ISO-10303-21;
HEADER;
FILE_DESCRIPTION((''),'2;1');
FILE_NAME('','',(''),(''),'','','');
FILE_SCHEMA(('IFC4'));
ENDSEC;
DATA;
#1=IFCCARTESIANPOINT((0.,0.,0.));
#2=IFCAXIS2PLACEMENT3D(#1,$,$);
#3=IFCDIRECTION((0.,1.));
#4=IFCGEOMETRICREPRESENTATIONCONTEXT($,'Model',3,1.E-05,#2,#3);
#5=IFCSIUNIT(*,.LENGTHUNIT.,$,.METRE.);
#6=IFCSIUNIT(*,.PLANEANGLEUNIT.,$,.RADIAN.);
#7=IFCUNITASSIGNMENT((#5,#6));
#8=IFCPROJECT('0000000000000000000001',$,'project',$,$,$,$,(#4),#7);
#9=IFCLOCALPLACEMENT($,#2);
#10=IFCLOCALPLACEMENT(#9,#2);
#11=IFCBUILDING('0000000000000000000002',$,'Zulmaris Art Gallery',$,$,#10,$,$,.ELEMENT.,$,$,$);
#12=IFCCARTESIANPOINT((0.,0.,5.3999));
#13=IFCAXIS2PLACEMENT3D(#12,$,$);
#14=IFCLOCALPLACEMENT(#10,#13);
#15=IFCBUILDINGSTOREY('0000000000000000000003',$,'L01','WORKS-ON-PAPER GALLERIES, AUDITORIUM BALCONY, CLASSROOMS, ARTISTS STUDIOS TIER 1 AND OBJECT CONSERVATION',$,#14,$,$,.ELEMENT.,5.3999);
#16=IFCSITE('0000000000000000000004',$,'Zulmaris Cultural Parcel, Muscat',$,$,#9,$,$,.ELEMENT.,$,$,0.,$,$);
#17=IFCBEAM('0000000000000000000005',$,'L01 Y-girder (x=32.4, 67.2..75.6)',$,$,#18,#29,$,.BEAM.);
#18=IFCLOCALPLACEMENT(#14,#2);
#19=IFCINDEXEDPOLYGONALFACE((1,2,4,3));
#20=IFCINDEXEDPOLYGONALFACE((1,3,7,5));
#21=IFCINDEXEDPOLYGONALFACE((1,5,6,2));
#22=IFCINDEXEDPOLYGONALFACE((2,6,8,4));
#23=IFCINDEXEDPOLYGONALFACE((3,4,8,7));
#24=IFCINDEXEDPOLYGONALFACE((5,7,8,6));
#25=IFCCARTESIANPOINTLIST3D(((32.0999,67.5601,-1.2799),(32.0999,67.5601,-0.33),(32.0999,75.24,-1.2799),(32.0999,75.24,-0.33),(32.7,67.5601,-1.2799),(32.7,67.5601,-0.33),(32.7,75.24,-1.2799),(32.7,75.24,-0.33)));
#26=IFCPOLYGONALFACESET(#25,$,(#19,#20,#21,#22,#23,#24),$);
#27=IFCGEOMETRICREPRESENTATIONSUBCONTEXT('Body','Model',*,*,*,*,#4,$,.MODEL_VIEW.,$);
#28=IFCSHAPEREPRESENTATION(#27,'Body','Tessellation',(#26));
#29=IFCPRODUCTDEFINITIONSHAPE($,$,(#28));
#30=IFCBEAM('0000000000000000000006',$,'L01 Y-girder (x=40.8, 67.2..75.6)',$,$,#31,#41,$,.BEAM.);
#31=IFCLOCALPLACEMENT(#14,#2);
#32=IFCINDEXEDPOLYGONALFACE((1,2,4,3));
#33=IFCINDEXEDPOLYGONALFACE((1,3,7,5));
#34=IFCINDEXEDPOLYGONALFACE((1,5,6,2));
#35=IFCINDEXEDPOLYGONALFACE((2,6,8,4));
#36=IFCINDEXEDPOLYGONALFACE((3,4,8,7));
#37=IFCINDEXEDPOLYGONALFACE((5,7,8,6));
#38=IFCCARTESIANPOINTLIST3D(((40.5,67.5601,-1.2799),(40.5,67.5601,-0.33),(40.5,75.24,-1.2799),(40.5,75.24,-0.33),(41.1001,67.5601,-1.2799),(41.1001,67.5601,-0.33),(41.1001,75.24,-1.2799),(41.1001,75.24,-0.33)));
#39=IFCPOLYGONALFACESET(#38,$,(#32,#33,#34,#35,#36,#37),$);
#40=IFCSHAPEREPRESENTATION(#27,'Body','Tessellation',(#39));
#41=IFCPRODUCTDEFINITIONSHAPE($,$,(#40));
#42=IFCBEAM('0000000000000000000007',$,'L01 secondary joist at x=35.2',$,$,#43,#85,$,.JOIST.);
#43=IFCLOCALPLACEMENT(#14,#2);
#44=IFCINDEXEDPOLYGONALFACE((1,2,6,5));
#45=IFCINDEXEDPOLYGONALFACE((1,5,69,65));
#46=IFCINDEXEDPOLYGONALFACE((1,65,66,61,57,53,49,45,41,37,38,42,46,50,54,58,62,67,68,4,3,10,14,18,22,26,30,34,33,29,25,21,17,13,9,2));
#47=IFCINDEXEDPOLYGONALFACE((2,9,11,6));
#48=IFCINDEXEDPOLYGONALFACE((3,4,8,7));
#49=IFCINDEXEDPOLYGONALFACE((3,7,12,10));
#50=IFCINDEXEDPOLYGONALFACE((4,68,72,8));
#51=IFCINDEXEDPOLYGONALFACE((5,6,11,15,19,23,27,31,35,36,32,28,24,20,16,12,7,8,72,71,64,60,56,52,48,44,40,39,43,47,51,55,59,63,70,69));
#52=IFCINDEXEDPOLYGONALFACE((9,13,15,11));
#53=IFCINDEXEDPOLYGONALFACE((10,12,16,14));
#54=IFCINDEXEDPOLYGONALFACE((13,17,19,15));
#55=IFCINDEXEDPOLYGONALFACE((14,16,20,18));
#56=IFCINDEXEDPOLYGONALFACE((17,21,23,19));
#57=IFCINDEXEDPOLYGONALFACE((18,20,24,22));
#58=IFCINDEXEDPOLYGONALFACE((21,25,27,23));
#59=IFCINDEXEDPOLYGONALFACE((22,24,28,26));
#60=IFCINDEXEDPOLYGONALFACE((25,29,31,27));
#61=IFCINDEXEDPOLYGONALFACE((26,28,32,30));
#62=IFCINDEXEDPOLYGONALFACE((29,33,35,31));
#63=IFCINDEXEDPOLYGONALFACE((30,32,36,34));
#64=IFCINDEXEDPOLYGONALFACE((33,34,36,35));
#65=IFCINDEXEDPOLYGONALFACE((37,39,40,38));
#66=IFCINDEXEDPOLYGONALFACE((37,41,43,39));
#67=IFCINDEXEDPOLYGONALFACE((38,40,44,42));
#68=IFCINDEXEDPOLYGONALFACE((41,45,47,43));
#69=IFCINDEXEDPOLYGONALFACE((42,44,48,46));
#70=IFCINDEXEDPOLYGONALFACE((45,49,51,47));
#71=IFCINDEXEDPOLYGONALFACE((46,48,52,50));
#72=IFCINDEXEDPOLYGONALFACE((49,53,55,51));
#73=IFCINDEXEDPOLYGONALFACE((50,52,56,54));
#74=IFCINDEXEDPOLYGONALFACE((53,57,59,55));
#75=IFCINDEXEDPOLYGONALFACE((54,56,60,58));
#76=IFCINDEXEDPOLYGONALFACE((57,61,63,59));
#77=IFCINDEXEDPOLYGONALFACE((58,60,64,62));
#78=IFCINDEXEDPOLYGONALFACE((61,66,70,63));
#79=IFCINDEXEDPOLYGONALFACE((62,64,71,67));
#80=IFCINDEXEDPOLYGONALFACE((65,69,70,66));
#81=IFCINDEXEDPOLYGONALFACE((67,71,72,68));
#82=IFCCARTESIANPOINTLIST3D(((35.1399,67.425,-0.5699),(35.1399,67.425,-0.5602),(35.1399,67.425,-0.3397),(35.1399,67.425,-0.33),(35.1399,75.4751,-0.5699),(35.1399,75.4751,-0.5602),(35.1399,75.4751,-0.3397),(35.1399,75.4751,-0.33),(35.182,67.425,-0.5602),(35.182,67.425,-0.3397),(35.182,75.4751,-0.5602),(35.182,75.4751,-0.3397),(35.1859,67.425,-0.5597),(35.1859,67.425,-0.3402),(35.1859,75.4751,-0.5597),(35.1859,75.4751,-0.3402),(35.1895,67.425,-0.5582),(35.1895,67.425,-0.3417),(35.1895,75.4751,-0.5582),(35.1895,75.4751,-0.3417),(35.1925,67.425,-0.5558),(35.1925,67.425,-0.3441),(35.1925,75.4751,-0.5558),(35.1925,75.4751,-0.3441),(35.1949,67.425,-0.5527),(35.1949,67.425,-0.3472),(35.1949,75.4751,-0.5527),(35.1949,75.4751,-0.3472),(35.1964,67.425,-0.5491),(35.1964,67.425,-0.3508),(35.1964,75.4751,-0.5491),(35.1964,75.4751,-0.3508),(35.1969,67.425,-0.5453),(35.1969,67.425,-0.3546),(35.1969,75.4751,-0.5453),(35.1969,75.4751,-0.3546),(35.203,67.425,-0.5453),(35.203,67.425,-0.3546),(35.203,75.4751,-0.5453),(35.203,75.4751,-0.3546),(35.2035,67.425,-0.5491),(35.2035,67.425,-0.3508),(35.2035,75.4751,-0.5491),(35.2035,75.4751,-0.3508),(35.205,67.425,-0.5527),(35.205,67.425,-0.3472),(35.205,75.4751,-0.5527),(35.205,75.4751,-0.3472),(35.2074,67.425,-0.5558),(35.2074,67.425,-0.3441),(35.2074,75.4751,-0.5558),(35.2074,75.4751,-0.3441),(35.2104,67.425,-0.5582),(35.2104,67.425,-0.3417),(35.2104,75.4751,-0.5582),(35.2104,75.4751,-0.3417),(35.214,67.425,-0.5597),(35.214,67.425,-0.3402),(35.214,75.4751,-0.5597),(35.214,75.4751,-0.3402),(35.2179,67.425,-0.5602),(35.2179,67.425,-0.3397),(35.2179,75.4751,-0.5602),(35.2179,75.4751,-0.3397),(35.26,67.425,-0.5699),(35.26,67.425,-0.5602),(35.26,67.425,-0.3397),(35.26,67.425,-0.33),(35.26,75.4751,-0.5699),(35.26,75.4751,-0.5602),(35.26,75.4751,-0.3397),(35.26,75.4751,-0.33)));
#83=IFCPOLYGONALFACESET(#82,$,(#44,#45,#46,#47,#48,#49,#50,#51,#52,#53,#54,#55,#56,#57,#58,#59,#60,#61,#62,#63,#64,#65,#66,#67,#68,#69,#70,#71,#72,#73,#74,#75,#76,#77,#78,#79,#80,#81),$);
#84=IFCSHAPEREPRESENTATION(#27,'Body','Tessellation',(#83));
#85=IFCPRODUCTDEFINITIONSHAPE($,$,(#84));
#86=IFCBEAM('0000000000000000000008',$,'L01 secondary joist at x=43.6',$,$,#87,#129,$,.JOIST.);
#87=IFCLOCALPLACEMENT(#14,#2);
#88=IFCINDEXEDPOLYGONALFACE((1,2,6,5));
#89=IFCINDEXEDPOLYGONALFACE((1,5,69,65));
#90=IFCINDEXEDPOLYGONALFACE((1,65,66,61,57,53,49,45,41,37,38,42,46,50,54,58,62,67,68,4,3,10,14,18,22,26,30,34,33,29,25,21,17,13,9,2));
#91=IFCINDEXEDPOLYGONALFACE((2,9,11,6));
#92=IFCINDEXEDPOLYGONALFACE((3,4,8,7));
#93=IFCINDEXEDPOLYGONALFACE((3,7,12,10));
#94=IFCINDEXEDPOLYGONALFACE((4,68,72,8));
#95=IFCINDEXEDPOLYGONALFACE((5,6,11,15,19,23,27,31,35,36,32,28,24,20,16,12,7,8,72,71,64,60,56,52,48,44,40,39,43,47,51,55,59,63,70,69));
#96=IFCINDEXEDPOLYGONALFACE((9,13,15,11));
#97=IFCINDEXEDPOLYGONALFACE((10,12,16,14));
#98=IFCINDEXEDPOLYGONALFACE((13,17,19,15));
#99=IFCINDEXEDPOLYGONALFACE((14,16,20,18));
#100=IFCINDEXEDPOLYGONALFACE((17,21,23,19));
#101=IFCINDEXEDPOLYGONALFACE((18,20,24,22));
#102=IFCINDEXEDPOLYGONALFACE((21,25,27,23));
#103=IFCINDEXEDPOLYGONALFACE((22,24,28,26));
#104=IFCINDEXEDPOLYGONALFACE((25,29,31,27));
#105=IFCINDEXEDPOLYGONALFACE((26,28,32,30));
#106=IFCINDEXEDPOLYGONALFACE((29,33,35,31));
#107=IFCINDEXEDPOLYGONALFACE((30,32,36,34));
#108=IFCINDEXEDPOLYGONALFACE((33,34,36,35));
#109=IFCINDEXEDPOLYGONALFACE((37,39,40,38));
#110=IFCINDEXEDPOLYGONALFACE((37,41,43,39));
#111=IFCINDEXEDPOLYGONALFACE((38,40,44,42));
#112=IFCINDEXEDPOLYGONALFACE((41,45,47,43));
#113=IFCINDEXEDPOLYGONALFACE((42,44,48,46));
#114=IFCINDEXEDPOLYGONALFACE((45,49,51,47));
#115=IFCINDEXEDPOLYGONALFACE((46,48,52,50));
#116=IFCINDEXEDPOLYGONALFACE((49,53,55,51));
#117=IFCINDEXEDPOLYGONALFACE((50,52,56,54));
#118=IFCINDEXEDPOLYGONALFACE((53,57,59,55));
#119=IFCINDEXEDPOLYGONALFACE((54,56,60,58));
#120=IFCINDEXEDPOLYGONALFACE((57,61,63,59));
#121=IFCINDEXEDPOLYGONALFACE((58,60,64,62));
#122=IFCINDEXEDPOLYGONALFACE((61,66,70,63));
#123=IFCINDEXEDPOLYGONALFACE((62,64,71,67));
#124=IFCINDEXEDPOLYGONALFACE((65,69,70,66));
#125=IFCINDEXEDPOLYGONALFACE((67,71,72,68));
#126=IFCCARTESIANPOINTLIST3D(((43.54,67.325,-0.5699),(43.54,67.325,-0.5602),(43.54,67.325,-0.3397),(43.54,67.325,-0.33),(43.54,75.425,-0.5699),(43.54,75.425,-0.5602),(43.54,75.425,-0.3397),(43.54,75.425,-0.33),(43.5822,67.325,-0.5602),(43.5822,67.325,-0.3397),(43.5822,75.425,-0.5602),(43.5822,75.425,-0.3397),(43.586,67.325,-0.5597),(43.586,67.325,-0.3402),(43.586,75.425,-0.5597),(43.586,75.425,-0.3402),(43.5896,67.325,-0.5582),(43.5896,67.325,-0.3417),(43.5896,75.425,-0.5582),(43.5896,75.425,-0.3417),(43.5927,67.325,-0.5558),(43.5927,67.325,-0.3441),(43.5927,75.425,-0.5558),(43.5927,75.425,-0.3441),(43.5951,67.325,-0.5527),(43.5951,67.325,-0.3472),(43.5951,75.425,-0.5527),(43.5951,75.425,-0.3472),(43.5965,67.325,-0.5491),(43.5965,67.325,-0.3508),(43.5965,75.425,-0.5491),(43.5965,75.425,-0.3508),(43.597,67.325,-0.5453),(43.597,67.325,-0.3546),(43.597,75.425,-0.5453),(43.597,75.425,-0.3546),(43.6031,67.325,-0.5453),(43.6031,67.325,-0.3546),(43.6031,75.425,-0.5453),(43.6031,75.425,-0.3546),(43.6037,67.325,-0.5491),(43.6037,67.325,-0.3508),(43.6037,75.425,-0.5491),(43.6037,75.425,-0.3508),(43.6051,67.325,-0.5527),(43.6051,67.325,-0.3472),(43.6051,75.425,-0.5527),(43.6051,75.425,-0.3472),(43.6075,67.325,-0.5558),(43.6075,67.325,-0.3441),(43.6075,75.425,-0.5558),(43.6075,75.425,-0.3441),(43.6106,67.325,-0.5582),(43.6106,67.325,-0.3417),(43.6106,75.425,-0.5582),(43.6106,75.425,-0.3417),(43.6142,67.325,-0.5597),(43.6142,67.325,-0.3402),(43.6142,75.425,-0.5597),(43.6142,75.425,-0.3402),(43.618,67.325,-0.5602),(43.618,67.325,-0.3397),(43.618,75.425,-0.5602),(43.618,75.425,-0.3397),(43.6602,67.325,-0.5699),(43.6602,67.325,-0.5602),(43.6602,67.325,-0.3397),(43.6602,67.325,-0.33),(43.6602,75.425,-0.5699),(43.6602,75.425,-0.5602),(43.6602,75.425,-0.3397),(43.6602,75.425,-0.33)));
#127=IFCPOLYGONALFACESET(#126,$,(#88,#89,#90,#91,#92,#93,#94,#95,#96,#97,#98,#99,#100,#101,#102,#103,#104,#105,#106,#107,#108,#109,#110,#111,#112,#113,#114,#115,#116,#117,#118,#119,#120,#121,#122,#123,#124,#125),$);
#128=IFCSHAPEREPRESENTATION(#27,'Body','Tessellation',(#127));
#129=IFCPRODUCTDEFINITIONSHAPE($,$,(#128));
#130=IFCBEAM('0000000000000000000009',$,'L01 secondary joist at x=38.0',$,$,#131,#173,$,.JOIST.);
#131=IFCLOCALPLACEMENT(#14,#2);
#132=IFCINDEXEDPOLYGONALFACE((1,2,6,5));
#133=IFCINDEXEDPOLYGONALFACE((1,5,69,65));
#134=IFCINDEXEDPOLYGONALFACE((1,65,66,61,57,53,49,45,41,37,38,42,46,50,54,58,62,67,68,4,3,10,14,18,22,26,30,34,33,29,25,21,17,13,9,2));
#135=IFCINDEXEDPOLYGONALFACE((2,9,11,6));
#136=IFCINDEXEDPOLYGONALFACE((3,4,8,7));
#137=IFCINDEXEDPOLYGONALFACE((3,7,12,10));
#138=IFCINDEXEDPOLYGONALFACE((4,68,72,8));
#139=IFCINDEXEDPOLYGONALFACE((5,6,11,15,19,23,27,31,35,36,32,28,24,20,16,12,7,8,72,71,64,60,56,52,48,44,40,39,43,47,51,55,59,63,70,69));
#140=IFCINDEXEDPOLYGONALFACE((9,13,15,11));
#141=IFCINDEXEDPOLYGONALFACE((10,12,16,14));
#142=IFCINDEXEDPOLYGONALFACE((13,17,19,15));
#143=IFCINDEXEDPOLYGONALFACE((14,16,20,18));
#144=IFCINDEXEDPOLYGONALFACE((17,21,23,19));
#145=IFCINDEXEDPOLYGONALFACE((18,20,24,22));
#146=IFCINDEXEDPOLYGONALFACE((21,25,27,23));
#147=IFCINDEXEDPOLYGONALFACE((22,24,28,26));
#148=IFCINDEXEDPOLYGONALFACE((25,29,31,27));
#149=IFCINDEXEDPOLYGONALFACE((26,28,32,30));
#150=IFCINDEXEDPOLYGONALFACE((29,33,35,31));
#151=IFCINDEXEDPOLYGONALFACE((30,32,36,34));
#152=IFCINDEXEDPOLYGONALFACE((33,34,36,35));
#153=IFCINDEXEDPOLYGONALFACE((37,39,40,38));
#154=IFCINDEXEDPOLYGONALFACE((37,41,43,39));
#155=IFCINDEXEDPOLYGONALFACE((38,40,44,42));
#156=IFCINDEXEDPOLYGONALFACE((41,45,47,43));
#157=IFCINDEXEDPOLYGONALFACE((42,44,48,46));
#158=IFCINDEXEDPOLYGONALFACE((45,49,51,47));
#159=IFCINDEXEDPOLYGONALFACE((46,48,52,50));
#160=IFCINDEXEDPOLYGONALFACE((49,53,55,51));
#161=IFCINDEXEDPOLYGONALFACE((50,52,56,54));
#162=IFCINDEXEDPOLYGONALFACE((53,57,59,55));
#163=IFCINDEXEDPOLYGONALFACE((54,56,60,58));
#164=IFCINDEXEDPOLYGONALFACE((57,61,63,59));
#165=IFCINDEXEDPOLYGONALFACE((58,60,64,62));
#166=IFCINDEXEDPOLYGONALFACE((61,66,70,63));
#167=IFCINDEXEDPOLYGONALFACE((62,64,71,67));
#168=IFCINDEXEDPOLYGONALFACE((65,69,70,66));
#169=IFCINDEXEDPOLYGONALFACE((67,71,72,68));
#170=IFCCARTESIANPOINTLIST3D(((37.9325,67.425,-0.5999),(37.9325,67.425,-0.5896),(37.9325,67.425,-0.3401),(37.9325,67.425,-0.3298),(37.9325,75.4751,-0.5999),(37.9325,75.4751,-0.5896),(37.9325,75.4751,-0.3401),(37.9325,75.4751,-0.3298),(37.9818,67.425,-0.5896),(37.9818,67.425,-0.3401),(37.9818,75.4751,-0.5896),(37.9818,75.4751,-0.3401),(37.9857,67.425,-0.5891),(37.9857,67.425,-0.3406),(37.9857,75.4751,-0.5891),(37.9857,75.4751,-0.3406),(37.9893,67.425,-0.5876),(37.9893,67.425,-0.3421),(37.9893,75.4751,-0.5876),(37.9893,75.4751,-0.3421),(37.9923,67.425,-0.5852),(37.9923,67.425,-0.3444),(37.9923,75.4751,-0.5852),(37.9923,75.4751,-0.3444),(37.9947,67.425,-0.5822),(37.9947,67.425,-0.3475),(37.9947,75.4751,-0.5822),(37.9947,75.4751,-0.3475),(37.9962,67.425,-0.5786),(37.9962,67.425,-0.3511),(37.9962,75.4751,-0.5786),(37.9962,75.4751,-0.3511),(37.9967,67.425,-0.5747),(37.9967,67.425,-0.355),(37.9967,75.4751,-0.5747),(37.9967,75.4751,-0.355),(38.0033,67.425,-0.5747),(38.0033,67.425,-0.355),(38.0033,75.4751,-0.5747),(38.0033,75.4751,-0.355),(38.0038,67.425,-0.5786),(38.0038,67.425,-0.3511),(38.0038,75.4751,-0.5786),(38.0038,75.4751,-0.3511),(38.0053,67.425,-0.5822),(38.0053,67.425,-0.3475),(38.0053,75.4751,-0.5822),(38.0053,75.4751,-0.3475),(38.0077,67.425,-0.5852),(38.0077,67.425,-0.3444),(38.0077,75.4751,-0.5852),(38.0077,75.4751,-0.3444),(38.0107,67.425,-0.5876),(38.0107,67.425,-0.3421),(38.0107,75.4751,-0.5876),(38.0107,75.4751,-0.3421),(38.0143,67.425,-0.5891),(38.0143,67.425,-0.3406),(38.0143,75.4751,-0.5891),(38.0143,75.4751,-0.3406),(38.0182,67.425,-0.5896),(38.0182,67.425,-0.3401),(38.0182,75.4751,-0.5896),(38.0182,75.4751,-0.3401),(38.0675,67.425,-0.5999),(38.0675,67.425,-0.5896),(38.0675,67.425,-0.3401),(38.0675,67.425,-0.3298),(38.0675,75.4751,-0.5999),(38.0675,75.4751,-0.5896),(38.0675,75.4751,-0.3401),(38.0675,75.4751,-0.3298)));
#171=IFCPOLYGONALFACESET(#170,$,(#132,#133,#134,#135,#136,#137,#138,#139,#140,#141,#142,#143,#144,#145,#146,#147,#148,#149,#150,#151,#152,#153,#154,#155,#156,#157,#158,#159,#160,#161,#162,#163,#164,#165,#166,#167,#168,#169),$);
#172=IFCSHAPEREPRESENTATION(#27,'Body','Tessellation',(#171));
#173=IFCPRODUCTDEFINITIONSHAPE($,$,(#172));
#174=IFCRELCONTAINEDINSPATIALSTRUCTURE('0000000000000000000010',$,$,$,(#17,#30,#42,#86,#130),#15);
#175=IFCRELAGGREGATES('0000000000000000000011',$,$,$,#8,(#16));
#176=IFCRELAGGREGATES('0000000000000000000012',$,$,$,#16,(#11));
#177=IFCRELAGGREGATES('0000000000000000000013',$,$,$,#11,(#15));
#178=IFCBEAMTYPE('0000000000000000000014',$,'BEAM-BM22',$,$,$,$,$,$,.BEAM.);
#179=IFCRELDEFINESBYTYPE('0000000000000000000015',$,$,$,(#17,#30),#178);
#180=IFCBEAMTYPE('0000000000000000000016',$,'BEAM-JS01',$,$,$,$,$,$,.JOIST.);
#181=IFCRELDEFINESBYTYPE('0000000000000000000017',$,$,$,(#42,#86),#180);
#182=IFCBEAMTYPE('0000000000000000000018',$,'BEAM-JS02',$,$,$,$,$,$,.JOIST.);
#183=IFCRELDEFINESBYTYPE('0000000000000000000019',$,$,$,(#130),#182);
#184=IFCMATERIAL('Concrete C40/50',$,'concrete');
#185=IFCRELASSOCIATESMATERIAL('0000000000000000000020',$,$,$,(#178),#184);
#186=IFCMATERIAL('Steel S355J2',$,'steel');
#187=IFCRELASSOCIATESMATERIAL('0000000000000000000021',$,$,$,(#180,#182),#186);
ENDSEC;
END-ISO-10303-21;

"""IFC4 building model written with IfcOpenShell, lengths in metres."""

from ifc_helpers import new_model, si_unit, direction, frame, origin, origin_2d, place, context, subcontext, project, spatial, rectangle, i_section, extrude, material, material_profile, profile_set, type_object, element, save


model = new_model("IFC4")

# Units and contexts
model_context = context("Model", 3, precision=1e-05, world=origin(), true_north=direction((0.0, 1.0)))
body_context = subcontext(model_context, "Body", "Model", "MODEL_VIEW")
ifc_project = project(units=[si_unit("LENGTHUNIT", "METRE"), si_unit("PLANEANGLEUNIT", "RADIAN")], contexts=[model_context])

# Site, building, storey
site_placement = place(None, origin())
site = spatial("IfcSite", under=ifc_project, at=site_placement, Name="Zulmaris Cultural Parcel, Muscat", CompositionType="ELEMENT", RefElevation=0.0)
building_placement = place(site_placement, origin())
building = spatial("IfcBuilding", under=site, at=building_placement, Name="Zulmaris Art Gallery", CompositionType="ELEMENT")
storey_placement = place(building_placement, frame((0.0, 0.0, 5.3999)))
storey = spatial("IfcBuildingStorey", under=building, at=storey_placement, Name="L01", Description="WORKS-ON-PAPER GALLERIES, AUDITORIUM BALCONY, CLASSROOMS, ARTISTS STUDIOS TIER 1 AND OBJECT CONSERVATION", CompositionType="ELEMENT", Elevation=5.3999)

# Shared definitions
ifc_material_1 = material(Name="Concrete C40/50", Category="concrete")

# Beams
ifc_material_2 = material(Name="Steel S355J2", Category="steel")
ifc_material_profile_1 = material_profile(ifc_material_1, rectangle(XDim=0.6001, YDim=0.95, at=origin_2d()), Name="RC 600x950")
ifc_profile_set_1 = profile_set([ifc_material_profile_1], Name="Concrete C40/50")
beam_type_1 = type_object("IfcBeamType", Name="BEAM-BM22", PredefinedType="BEAM", material=ifc_profile_set_1)
for number, where, z_axis, x_axis, name in (
    (1, (32.3999, 67.5601, -0.8049), (0.0, 1.0, 0.0), (-1.0, 0.0, 0.0), "L01 Y-girder (x=32.4, 67.2..75.6)"),
    (2, (40.8, 67.5601, -0.8049), (0.0, 1.0, 0.0), (-1.0, 0.0, 0.0), "L01 Y-girder (x=40.8, 67.2..75.6)"),
):
    element("IfcBeam", number, at=place(storey_placement, frame(where, z_axis=z_axis, x_axis=x_axis)), inside=storey, type_object=beam_type_1, Name=name, PredefinedType="BEAM", context=body_context, shape_type="SweptSolid", body=[
        extrude(rectangle(XDim=0.6001, YDim=0.95, at=origin_2d()), origin(), (0.0, 0.0, 1.0), 7.6799),
    ])
ifc_material_profile_2 = material_profile(ifc_material_2, i_section(OverallWidth=0.1201, OverallDepth=0.24, WebThickness=0.0061, FlangeThickness=0.0098, FilletRadius=0.0149, at=origin_2d()), Name="IPE 240")
ifc_profile_set_2 = profile_set([ifc_material_profile_2], Name="Steel S355J2")
beam_type_2 = type_object("IfcBeamType", Name="BEAM-JS01", PredefinedType="JOIST", material=ifc_profile_set_2)
beam_1_placement = place(storey_placement, frame((35.2, 67.425, -0.45), z_axis=(0.0, 1.0, 0.0), x_axis=(-1.0, 0.0, 0.0)))
element("IfcBeam", 3, at=beam_1_placement, inside=storey, type_object=beam_type_2, Name="L01 secondary joist at x=35.2", PredefinedType="JOIST", context=body_context, shape_type="SweptSolid", body=[
    extrude(i_section(OverallWidth=0.1201, OverallDepth=0.24, WebThickness=0.0061, FlangeThickness=0.0098, FilletRadius=0.0149, at=origin_2d()), origin(), (0.0, 0.0, 1.0), 8.05),
])
beam_2_placement = place(storey_placement, frame((43.6001, 67.325, -0.45), z_axis=(0.0, 1.0, 0.0), x_axis=(-1.0, 0.0, 0.0)))
element("IfcBeam", 4, at=beam_2_placement, inside=storey, type_object=beam_type_2, Name="L01 secondary joist at x=43.6", PredefinedType="JOIST", context=body_context, shape_type="SweptSolid", body=[
    extrude(i_section(OverallWidth=0.1201, OverallDepth=0.24, WebThickness=0.0061, FlangeThickness=0.0098, FilletRadius=0.0149, at=origin_2d()), origin(), (0.0, 0.0, 1.0), 8.1001),
])
ifc_material_profile_3 = material_profile(ifc_material_2, i_section(OverallWidth=0.135, OverallDepth=0.27, WebThickness=0.0066, FlangeThickness=0.0103, FilletRadius=0.0149, at=origin_2d()), Name="IPE 270")
ifc_profile_set_3 = profile_set([ifc_material_profile_3], Name="Steel S355J2")
beam_type_3 = type_object("IfcBeamType", Name="BEAM-JS02", PredefinedType="JOIST", material=ifc_profile_set_3)
beam_3_placement = place(storey_placement, frame((38.0, 67.425, -0.4648), z_axis=(0.0, 1.0, 0.0), x_axis=(-1.0, 0.0, 0.0)))
element("IfcBeam", 5, at=beam_3_placement, inside=storey, type_object=beam_type_3, Name="L01 secondary joist at x=38.0", PredefinedType="JOIST", context=body_context, shape_type="SweptSolid", body=[
    extrude(i_section(OverallWidth=0.135, OverallDepth=0.27, WebThickness=0.0066, FlangeThickness=0.0103, FilletRadius=0.0149, at=origin_2d()), origin(), (0.0, 0.0, 1.0), 8.05),
])

save(model, "model.ifc")
